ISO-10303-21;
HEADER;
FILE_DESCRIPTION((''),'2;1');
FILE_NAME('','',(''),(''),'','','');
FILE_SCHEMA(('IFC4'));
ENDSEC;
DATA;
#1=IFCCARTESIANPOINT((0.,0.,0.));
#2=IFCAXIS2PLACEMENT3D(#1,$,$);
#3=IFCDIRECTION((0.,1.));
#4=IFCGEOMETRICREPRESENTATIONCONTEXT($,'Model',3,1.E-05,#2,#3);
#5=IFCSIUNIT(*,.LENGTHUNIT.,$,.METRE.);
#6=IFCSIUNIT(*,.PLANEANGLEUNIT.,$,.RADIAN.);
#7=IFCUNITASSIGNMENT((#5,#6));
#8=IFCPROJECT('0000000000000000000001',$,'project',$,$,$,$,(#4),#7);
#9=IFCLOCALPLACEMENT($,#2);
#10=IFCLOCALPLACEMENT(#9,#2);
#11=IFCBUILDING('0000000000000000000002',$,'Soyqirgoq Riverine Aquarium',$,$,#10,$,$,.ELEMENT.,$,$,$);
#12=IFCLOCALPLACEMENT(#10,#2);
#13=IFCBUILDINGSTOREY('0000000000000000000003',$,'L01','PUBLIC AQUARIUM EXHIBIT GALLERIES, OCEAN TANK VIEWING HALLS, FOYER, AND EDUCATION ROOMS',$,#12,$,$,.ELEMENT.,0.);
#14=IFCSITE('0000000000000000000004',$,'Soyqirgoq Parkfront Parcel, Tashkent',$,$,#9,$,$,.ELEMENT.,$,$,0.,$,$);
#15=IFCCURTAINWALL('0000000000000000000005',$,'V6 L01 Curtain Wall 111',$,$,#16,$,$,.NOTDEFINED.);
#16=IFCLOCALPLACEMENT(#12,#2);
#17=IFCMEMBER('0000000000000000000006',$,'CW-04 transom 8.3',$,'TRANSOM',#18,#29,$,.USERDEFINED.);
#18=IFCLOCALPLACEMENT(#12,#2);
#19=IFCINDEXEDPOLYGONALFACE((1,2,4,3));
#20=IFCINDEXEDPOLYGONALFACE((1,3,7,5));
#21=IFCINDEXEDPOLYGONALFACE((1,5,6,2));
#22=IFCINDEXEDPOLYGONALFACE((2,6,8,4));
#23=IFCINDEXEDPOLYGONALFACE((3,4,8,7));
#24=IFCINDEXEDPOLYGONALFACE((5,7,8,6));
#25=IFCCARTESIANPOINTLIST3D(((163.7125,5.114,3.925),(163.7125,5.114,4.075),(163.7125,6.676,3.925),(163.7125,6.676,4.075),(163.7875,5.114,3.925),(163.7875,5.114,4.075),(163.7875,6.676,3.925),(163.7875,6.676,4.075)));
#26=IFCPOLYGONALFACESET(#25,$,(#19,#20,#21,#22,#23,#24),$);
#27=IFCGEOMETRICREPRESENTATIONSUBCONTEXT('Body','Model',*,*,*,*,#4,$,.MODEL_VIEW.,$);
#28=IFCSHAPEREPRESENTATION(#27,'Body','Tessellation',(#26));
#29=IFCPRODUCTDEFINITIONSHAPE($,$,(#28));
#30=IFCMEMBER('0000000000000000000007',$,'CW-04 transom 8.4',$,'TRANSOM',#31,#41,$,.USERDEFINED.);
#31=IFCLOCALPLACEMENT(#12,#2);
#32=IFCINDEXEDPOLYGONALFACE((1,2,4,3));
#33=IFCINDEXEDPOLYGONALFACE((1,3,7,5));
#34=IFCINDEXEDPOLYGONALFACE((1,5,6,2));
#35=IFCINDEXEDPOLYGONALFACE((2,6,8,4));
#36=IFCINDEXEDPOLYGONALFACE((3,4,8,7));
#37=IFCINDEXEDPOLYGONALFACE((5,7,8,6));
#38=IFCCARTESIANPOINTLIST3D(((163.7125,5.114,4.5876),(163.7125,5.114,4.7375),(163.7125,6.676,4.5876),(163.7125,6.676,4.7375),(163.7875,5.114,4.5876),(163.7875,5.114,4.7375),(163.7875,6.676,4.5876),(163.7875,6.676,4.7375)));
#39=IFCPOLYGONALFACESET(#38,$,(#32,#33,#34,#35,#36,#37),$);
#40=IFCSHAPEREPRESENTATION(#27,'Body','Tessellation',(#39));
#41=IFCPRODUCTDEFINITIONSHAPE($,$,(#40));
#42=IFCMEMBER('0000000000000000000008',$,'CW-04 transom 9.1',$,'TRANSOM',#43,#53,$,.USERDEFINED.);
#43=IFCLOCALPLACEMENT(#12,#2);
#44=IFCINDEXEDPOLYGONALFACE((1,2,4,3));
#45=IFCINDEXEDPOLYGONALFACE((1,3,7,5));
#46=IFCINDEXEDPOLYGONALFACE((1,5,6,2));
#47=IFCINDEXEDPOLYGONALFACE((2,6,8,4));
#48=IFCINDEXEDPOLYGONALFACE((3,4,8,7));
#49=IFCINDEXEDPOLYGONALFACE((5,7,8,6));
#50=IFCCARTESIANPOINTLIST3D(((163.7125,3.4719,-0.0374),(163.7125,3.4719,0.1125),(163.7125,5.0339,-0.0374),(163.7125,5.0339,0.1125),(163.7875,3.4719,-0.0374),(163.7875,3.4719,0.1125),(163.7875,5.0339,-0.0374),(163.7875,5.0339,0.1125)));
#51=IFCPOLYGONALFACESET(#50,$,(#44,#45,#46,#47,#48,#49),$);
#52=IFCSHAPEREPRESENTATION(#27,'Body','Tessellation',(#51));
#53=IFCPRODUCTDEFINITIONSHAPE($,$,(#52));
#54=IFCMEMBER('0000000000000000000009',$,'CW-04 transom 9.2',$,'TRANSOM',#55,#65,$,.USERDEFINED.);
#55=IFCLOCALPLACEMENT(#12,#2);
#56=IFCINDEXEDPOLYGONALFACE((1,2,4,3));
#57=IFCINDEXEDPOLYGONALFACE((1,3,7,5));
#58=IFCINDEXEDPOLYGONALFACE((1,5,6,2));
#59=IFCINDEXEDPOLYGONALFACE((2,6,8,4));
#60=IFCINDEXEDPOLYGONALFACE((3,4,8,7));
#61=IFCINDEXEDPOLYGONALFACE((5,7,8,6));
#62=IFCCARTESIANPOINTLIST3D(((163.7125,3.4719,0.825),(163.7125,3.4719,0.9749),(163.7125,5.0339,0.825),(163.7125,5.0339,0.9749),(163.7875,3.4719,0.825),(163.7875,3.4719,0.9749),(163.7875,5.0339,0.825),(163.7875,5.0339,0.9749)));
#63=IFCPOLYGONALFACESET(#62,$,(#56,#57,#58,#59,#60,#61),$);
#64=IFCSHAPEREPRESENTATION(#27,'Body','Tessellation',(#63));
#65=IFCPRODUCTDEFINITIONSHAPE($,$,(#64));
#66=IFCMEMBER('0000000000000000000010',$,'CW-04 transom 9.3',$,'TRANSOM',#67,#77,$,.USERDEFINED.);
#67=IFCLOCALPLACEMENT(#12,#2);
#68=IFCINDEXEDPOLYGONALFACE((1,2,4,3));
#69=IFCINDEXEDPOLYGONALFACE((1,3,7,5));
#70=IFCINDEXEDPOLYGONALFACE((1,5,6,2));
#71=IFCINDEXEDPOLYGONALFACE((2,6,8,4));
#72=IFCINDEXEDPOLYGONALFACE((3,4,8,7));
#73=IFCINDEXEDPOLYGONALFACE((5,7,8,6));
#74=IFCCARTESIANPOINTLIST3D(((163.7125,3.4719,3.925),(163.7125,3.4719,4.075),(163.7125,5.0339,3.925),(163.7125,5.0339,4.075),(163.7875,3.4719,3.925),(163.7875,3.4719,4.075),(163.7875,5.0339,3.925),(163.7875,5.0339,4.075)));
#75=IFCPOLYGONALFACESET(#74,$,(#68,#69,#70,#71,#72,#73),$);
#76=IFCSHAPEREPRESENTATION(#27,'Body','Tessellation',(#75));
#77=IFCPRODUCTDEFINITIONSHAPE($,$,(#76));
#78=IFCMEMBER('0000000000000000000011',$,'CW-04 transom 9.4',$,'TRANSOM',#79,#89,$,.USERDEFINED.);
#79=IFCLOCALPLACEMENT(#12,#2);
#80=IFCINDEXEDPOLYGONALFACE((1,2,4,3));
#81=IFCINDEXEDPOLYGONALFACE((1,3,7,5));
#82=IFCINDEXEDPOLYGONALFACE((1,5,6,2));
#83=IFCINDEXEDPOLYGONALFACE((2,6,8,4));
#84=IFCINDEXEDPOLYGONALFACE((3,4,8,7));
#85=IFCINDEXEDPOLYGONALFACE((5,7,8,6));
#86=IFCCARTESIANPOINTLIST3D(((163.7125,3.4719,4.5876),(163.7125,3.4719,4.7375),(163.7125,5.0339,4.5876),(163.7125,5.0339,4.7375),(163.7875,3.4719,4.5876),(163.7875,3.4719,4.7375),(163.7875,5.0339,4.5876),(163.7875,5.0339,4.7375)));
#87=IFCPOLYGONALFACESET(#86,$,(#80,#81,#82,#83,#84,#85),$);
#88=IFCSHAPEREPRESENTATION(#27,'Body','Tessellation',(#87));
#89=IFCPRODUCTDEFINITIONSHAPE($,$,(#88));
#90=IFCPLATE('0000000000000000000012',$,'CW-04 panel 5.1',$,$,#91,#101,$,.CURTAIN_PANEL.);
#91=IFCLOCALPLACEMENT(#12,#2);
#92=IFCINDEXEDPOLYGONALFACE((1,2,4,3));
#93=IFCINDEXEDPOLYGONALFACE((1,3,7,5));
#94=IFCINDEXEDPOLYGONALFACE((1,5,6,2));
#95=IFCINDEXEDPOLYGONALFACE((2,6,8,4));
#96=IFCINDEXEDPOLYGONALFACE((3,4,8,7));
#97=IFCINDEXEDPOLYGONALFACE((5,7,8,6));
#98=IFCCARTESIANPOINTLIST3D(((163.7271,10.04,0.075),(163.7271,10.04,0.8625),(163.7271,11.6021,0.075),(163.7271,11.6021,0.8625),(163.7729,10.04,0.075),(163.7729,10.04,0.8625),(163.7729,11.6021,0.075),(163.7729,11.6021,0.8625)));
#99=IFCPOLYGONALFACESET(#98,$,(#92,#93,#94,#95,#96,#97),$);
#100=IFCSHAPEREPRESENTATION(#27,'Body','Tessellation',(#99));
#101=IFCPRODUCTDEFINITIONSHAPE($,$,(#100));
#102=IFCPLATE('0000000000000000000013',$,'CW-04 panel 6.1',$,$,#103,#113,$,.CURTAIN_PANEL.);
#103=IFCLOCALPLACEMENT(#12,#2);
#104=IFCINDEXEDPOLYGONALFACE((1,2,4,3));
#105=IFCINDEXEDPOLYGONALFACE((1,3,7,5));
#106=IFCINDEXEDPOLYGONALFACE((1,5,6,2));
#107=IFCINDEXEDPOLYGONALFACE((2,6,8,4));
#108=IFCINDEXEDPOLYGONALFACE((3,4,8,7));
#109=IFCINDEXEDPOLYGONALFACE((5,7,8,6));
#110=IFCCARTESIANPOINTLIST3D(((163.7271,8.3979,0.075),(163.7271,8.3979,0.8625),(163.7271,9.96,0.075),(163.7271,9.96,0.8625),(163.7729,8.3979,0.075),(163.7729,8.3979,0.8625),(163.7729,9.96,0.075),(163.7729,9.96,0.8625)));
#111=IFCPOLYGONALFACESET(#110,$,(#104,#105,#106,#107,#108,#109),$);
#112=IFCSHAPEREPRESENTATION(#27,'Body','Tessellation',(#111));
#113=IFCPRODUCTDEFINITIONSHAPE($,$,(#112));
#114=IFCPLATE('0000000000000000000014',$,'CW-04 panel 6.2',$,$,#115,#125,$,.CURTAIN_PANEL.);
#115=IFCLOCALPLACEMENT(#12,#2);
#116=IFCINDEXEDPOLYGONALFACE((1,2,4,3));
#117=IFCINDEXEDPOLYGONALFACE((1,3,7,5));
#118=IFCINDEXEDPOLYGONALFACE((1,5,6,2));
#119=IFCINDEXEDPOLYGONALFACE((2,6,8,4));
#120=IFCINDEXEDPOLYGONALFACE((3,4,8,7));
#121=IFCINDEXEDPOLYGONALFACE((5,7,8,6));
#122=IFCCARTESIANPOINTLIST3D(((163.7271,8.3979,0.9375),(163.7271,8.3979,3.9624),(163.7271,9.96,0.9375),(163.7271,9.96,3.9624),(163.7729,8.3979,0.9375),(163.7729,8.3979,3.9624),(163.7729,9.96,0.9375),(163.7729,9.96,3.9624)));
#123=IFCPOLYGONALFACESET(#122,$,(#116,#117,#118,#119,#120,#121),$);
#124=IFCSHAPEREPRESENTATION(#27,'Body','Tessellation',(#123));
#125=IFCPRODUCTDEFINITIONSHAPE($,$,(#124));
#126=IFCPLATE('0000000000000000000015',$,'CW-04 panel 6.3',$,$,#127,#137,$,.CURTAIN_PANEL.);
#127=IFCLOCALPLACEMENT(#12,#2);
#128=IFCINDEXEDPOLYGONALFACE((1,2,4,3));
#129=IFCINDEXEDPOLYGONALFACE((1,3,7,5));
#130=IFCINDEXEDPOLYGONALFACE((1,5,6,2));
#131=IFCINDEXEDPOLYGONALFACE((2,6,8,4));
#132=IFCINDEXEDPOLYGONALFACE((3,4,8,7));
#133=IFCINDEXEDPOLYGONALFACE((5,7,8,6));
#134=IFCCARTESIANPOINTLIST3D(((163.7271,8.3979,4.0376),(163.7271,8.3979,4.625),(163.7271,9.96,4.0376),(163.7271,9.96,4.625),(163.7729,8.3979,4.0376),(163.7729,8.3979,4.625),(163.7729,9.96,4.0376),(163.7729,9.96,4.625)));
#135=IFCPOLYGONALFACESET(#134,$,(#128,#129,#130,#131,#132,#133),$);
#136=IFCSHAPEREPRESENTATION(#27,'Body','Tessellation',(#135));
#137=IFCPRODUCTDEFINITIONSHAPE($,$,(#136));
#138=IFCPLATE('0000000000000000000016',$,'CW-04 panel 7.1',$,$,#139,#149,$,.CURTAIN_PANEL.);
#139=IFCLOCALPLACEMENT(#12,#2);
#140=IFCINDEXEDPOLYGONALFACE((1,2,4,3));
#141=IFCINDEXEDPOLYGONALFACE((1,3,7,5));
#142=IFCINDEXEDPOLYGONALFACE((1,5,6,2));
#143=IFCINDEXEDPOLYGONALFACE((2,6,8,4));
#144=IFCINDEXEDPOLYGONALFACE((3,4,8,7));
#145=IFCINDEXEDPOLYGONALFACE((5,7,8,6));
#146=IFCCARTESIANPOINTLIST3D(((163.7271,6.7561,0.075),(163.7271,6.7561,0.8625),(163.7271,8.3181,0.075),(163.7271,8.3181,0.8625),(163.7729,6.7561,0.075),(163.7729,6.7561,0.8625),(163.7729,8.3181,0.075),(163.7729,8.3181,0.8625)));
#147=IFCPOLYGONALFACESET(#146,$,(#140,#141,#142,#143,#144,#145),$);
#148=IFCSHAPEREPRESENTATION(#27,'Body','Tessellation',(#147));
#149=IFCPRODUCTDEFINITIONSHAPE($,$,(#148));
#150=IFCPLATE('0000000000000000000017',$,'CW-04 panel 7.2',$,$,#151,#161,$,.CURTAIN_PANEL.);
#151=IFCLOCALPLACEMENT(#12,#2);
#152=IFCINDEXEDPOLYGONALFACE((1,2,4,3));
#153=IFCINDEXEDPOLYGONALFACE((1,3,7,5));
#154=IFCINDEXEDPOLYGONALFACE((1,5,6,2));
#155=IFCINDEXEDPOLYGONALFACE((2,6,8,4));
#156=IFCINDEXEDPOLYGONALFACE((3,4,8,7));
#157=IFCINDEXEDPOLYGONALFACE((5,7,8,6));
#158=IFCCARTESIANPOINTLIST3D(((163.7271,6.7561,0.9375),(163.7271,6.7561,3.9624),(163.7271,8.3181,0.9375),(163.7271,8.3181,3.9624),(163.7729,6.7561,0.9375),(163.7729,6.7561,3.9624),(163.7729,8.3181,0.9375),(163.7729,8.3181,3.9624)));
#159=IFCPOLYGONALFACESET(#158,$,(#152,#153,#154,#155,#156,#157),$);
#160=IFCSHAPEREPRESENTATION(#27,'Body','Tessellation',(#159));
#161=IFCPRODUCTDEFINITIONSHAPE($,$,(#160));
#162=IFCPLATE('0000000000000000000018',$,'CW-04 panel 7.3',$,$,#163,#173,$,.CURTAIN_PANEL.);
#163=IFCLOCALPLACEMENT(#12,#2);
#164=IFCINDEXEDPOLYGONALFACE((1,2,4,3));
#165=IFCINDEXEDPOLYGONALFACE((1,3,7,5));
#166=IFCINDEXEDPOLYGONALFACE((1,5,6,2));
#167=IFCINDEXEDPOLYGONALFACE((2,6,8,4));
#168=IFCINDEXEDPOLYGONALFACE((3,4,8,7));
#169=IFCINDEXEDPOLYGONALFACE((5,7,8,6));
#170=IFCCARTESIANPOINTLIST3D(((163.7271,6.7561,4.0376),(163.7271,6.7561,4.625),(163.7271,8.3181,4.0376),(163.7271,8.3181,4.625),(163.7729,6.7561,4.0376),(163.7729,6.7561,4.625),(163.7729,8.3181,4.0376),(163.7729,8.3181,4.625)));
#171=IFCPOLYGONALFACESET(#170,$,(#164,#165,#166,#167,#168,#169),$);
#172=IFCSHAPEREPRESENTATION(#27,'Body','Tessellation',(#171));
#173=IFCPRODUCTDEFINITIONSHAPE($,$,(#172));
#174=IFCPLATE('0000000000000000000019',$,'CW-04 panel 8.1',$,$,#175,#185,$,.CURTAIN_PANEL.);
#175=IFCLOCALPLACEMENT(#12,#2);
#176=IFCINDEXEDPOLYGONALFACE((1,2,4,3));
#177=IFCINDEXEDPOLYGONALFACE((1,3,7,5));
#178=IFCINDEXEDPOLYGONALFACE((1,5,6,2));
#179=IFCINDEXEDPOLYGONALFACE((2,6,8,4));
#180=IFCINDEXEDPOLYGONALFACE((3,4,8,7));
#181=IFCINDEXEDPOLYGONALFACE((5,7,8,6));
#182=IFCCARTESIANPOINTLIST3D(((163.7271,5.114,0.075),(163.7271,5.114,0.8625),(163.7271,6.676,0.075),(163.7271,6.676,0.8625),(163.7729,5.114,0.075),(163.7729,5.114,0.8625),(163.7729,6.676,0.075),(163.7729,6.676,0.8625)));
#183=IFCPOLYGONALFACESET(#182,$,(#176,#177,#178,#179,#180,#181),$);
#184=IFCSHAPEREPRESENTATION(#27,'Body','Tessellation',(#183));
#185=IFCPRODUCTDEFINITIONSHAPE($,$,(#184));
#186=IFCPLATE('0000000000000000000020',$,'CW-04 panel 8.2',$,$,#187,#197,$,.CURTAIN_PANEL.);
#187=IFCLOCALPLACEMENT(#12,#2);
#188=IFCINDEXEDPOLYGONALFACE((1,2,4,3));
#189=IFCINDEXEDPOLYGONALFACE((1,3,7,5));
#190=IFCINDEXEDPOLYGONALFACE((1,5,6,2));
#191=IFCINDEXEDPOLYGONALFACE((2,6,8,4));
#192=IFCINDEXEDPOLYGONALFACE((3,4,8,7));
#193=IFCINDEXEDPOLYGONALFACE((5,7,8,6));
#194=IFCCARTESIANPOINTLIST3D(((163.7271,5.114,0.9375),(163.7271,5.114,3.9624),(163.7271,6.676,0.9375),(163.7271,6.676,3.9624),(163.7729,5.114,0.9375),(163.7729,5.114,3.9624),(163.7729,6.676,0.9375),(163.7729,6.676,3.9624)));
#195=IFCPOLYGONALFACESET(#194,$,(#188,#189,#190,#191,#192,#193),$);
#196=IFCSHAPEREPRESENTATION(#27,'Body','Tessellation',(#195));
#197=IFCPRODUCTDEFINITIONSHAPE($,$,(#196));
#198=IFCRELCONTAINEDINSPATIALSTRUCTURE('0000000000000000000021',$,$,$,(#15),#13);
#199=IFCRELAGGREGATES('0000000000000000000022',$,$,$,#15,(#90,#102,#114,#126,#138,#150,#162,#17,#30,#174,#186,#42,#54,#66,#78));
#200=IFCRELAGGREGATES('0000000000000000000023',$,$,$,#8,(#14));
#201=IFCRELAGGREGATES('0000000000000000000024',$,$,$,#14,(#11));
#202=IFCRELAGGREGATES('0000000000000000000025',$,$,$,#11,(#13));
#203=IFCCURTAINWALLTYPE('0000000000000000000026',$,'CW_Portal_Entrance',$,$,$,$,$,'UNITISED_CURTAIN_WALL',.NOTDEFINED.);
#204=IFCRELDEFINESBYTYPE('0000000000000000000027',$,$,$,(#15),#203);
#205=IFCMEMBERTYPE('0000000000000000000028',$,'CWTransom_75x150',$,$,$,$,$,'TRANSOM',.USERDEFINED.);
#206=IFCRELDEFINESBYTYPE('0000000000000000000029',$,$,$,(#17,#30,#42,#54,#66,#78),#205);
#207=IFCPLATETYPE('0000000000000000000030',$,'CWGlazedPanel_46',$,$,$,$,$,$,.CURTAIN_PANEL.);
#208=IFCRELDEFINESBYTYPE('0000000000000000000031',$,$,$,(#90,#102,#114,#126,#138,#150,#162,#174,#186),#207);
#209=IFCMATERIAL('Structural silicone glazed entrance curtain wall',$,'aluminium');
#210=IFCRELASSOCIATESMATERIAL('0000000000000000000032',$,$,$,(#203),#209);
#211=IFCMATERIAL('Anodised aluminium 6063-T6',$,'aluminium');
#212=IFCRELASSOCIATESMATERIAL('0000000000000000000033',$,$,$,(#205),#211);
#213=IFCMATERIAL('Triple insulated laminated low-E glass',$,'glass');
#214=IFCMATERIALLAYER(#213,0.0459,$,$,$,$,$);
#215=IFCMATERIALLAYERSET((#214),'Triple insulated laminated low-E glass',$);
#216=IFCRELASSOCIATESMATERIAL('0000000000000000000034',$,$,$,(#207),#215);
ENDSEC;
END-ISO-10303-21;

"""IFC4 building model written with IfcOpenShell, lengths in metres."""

from ifc_helpers import new_model, si_unit, direction, frame, origin, origin_2d, place, context, subcontext, project, spatial, rectangle, extrude, material, layer, layer_set, material_profile, profile_set, type_object, element, aggregate, save


model = new_model("IFC4")

# Units and contexts
model_context = context("Model", 3, precision=1e-05, world=origin(), true_north=direction((0.0, 1.0)))
body_context = subcontext(model_context, "Body", "Model", "MODEL_VIEW")
ifc_project = project(units=[si_unit("LENGTHUNIT", "METRE"), si_unit("PLANEANGLEUNIT", "RADIAN")], contexts=[model_context])

# Site, building, storey
site_placement = place(None, origin())
site = spatial("IfcSite", under=ifc_project, at=site_placement, Name="Soyqirgoq Parkfront Parcel, Tashkent", CompositionType="ELEMENT", RefElevation=0.0)
building_placement = place(site_placement, origin())
building = spatial("IfcBuilding", under=site, at=building_placement, Name="Soyqirgoq Riverine Aquarium", CompositionType="ELEMENT")
storey_placement = place(building_placement, origin())
storey = spatial("IfcBuildingStorey", under=building, at=storey_placement, Name="L01", Description="PUBLIC AQUARIUM EXHIBIT GALLERIES, OCEAN TANK VIEWING HALLS, FOYER, AND EDUCATION ROOMS", CompositionType="ELEMENT", Elevation=0.0)

# Curtain wall, members, plates
ifc_material_1 = material(Name="Structural silicone glazed entrance curtain wall", Category="aluminium")
curtain_wall_type = type_object("IfcCurtainWallType", Name="CW_Portal_Entrance", ElementType="UNITISED_CURTAIN_WALL", PredefinedType="NOTDEFINED", material=ifc_material_1)
curtain_wall_placement = place(storey_placement, origin())
curtain_wall = element("IfcCurtainWall", 1, at=curtain_wall_placement, inside=storey, type_object=curtain_wall_type, Name="V6 L01 Curtain Wall 111", PredefinedType="NOTDEFINED")
ifc_material_2 = material(Name="Anodised aluminium 6063-T6", Category="aluminium")
ifc_material_profile_1 = material_profile(ifc_material_2, rectangle(XDim=0.075, YDim=0.1499, at=origin_2d()), Name="ALU-T 75x150")
ifc_profile_set_1 = profile_set([ifc_material_profile_1], Name="Anodised aluminium 6063-T6")
member_type_1 = type_object("IfcMemberType", Name="CWTransom_75x150", ElementType="TRANSOM", PredefinedType="USERDEFINED", material=ifc_profile_set_1)
member_1_placement = place(storey_placement, frame((163.75, 6.676, 4.0), z_axis=(0.0, -1.0, 0.0), x_axis=(1.0, 0.0, 0.0)))
member_1 = element("IfcMember", 2, at=member_1_placement, type_object=member_type_1, Name="CW-04 transom 8.3", ObjectType="TRANSOM", PredefinedType="USERDEFINED", context=body_context, shape_type="SweptSolid", body=[
    extrude(rectangle(XDim=0.075, YDim=0.1499, at=origin_2d()), origin(), (0.0, 0.0, 1.0), 1.562),
])
member_2_placement = place(storey_placement, frame((163.75, 6.676, 4.6626), z_axis=(0.0, -1.0, 0.0), x_axis=(1.0, 0.0, 0.0)))
member_2 = element("IfcMember", 3, at=member_2_placement, type_object=member_type_1, Name="CW-04 transom 8.4", ObjectType="TRANSOM", PredefinedType="USERDEFINED", context=body_context, shape_type="SweptSolid", body=[
    extrude(rectangle(XDim=0.075, YDim=0.1499, at=origin_2d()), origin(), (0.0, 0.0, 1.0), 1.562),
])
member_3_placement = place(storey_placement, frame((163.75, 5.0339, 0.0376), z_axis=(0.0, -1.0, 0.0), x_axis=(1.0, 0.0, 0.0)))
member_3 = element("IfcMember", 4, at=member_3_placement, type_object=member_type_1, Name="CW-04 transom 9.1", ObjectType="TRANSOM", PredefinedType="USERDEFINED", context=body_context, shape_type="SweptSolid", body=[
    extrude(rectangle(XDim=0.075, YDim=0.1499, at=origin_2d()), origin(), (0.0, 0.0, 1.0), 1.562),
])
member_4_placement = place(storey_placement, frame((163.75, 5.0339, 0.8999), z_axis=(0.0, -1.0, 0.0), x_axis=(1.0, 0.0, 0.0)))
member_4 = element("IfcMember", 5, at=member_4_placement, type_object=member_type_1, Name="CW-04 transom 9.2", ObjectType="TRANSOM", PredefinedType="USERDEFINED", context=body_context, shape_type="SweptSolid", body=[
    extrude(rectangle(XDim=0.075, YDim=0.1499, at=origin_2d()), origin(), (0.0, 0.0, 1.0), 1.562),
])
member_5_placement = place(storey_placement, frame((163.75, 5.0339, 4.0), z_axis=(0.0, -1.0, 0.0), x_axis=(1.0, 0.0, 0.0)))
member_5 = element("IfcMember", 6, at=member_5_placement, type_object=member_type_1, Name="CW-04 transom 9.3", ObjectType="TRANSOM", PredefinedType="USERDEFINED", context=body_context, shape_type="SweptSolid", body=[
    extrude(rectangle(XDim=0.075, YDim=0.1499, at=origin_2d()), origin(), (0.0, 0.0, 1.0), 1.562),
])
member_6_placement = place(storey_placement, frame((163.75, 5.0339, 4.6626), z_axis=(0.0, -1.0, 0.0), x_axis=(1.0, 0.0, 0.0)))
member_6 = element("IfcMember", 7, at=member_6_placement, type_object=member_type_1, Name="CW-04 transom 9.4", ObjectType="TRANSOM", PredefinedType="USERDEFINED", context=body_context, shape_type="SweptSolid", body=[
    extrude(rectangle(XDim=0.075, YDim=0.1499, at=origin_2d()), origin(), (0.0, 0.0, 1.0), 1.562),
])
ifc_material_3 = material(Name="Triple insulated laminated low-E glass", Category="glass")
ifc_layer = layer(ifc_material_3, 0.0459)
ifc_layer_set = layer_set([ifc_layer], Name="Triple insulated laminated low-E glass")
plate_type = type_object("IfcPlateType", Name="CWGlazedPanel_46", PredefinedType="CURTAIN_PANEL", material=ifc_layer_set)
plate_1_placement = place(storey_placement, frame((163.75, 10.821, 0.075), z_axis=(0.0, 0.0, 1.0), x_axis=(0.0, -1.0, 0.0)))
plate_1 = element("IfcPlate", 8, at=plate_1_placement, type_object=plate_type, Name="CW-04 panel 5.1", PredefinedType="CURTAIN_PANEL", context=body_context, shape_type="SweptSolid", body=[
    extrude(rectangle(XDim=1.562, YDim=0.0459, at=origin_2d()), origin(), (0.0, 0.0, 1.0), 0.7876),
])
plate_2_placement = place(storey_placement, frame((163.75, 9.179, 0.075), z_axis=(0.0, 0.0, 1.0), x_axis=(0.0, -1.0, 0.0)))
plate_2 = element("IfcPlate", 9, at=plate_2_placement, type_object=plate_type, Name="CW-04 panel 6.1", PredefinedType="CURTAIN_PANEL", context=body_context, shape_type="SweptSolid", body=[
    extrude(rectangle(XDim=1.562, YDim=0.0459, at=origin_2d()), origin(), (0.0, 0.0, 1.0), 0.7876),
])
plate_3_placement = place(storey_placement, frame((163.75, 9.179, 0.9375), z_axis=(0.0, 0.0, 1.0), x_axis=(0.0, -1.0, 0.0)))
plate_3 = element("IfcPlate", 10, at=plate_3_placement, type_object=plate_type, Name="CW-04 panel 6.2", PredefinedType="CURTAIN_PANEL", context=body_context, shape_type="SweptSolid", body=[
    extrude(rectangle(XDim=1.562, YDim=0.0459, at=origin_2d()), origin(), (0.0, 0.0, 1.0), 3.0249),
])
plate_4_placement = place(storey_placement, frame((163.75, 9.179, 4.0376), z_axis=(0.0, 0.0, 1.0), x_axis=(0.0, -1.0, 0.0)))
plate_4 = element("IfcPlate", 11, at=plate_4_placement, type_object=plate_type, Name="CW-04 panel 6.3", PredefinedType="CURTAIN_PANEL", context=body_context, shape_type="SweptSolid", body=[
    extrude(rectangle(XDim=1.562, YDim=0.0459, at=origin_2d()), origin(), (0.0, 0.0, 1.0), 0.5874),
])
plate_5_placement = place(storey_placement, frame((163.75, 7.5371, 0.075), z_axis=(0.0, 0.0, 1.0), x_axis=(0.0, -1.0, 0.0)))
plate_5 = element("IfcPlate", 12, at=plate_5_placement, type_object=plate_type, Name="CW-04 panel 7.1", PredefinedType="CURTAIN_PANEL", context=body_context, shape_type="SweptSolid", body=[
    extrude(rectangle(XDim=1.562, YDim=0.0459, at=origin_2d()), origin(), (0.0, 0.0, 1.0), 0.7876),
])
plate_6_placement = place(storey_placement, frame((163.75, 7.5371, 0.9375), z_axis=(0.0, 0.0, 1.0), x_axis=(0.0, -1.0, 0.0)))
plate_6 = element("IfcPlate", 13, at=plate_6_placement, type_object=plate_type, Name="CW-04 panel 7.2", PredefinedType="CURTAIN_PANEL", context=body_context, shape_type="SweptSolid", body=[
    extrude(rectangle(XDim=1.562, YDim=0.0459, at=origin_2d()), origin(), (0.0, 0.0, 1.0), 3.0249),
])
plate_7_placement = place(storey_placement, frame((163.75, 7.5371, 4.0376), z_axis=(0.0, 0.0, 1.0), x_axis=(0.0, -1.0, 0.0)))
plate_7 = element("IfcPlate", 14, at=plate_7_placement, type_object=plate_type, Name="CW-04 panel 7.3", PredefinedType="CURTAIN_PANEL", context=body_context, shape_type="SweptSolid", body=[
    extrude(rectangle(XDim=1.562, YDim=0.0459, at=origin_2d()), origin(), (0.0, 0.0, 1.0), 0.5874),
])
plate_8_placement = place(storey_placement, frame((163.75, 5.895, 0.075), z_axis=(0.0, 0.0, 1.0), x_axis=(0.0, -1.0, 0.0)))
plate_8 = element("IfcPlate", 15, at=plate_8_placement, type_object=plate_type, Name="CW-04 panel 8.1", PredefinedType="CURTAIN_PANEL", context=body_context, shape_type="SweptSolid", body=[
    extrude(rectangle(XDim=1.562, YDim=0.0459, at=origin_2d()), origin(), (0.0, 0.0, 1.0), 0.7876),
])
plate_9_placement = place(storey_placement, frame((163.75, 5.895, 0.9375), z_axis=(0.0, 0.0, 1.0), x_axis=(0.0, -1.0, 0.0)))
plate_9 = element("IfcPlate", 16, at=plate_9_placement, type_object=plate_type, Name="CW-04 panel 8.2", PredefinedType="CURTAIN_PANEL", context=body_context, shape_type="SweptSolid", body=[
    extrude(rectangle(XDim=1.562, YDim=0.0459, at=origin_2d()), origin(), (0.0, 0.0, 1.0), 3.0249),
])
aggregate(curtain_wall, [plate_1, plate_2, plate_3, plate_4, plate_5, plate_6, plate_7, member_1, member_2, plate_8, plate_9, member_3, member_4, member_5, member_6])

save(model, "model.ifc")
